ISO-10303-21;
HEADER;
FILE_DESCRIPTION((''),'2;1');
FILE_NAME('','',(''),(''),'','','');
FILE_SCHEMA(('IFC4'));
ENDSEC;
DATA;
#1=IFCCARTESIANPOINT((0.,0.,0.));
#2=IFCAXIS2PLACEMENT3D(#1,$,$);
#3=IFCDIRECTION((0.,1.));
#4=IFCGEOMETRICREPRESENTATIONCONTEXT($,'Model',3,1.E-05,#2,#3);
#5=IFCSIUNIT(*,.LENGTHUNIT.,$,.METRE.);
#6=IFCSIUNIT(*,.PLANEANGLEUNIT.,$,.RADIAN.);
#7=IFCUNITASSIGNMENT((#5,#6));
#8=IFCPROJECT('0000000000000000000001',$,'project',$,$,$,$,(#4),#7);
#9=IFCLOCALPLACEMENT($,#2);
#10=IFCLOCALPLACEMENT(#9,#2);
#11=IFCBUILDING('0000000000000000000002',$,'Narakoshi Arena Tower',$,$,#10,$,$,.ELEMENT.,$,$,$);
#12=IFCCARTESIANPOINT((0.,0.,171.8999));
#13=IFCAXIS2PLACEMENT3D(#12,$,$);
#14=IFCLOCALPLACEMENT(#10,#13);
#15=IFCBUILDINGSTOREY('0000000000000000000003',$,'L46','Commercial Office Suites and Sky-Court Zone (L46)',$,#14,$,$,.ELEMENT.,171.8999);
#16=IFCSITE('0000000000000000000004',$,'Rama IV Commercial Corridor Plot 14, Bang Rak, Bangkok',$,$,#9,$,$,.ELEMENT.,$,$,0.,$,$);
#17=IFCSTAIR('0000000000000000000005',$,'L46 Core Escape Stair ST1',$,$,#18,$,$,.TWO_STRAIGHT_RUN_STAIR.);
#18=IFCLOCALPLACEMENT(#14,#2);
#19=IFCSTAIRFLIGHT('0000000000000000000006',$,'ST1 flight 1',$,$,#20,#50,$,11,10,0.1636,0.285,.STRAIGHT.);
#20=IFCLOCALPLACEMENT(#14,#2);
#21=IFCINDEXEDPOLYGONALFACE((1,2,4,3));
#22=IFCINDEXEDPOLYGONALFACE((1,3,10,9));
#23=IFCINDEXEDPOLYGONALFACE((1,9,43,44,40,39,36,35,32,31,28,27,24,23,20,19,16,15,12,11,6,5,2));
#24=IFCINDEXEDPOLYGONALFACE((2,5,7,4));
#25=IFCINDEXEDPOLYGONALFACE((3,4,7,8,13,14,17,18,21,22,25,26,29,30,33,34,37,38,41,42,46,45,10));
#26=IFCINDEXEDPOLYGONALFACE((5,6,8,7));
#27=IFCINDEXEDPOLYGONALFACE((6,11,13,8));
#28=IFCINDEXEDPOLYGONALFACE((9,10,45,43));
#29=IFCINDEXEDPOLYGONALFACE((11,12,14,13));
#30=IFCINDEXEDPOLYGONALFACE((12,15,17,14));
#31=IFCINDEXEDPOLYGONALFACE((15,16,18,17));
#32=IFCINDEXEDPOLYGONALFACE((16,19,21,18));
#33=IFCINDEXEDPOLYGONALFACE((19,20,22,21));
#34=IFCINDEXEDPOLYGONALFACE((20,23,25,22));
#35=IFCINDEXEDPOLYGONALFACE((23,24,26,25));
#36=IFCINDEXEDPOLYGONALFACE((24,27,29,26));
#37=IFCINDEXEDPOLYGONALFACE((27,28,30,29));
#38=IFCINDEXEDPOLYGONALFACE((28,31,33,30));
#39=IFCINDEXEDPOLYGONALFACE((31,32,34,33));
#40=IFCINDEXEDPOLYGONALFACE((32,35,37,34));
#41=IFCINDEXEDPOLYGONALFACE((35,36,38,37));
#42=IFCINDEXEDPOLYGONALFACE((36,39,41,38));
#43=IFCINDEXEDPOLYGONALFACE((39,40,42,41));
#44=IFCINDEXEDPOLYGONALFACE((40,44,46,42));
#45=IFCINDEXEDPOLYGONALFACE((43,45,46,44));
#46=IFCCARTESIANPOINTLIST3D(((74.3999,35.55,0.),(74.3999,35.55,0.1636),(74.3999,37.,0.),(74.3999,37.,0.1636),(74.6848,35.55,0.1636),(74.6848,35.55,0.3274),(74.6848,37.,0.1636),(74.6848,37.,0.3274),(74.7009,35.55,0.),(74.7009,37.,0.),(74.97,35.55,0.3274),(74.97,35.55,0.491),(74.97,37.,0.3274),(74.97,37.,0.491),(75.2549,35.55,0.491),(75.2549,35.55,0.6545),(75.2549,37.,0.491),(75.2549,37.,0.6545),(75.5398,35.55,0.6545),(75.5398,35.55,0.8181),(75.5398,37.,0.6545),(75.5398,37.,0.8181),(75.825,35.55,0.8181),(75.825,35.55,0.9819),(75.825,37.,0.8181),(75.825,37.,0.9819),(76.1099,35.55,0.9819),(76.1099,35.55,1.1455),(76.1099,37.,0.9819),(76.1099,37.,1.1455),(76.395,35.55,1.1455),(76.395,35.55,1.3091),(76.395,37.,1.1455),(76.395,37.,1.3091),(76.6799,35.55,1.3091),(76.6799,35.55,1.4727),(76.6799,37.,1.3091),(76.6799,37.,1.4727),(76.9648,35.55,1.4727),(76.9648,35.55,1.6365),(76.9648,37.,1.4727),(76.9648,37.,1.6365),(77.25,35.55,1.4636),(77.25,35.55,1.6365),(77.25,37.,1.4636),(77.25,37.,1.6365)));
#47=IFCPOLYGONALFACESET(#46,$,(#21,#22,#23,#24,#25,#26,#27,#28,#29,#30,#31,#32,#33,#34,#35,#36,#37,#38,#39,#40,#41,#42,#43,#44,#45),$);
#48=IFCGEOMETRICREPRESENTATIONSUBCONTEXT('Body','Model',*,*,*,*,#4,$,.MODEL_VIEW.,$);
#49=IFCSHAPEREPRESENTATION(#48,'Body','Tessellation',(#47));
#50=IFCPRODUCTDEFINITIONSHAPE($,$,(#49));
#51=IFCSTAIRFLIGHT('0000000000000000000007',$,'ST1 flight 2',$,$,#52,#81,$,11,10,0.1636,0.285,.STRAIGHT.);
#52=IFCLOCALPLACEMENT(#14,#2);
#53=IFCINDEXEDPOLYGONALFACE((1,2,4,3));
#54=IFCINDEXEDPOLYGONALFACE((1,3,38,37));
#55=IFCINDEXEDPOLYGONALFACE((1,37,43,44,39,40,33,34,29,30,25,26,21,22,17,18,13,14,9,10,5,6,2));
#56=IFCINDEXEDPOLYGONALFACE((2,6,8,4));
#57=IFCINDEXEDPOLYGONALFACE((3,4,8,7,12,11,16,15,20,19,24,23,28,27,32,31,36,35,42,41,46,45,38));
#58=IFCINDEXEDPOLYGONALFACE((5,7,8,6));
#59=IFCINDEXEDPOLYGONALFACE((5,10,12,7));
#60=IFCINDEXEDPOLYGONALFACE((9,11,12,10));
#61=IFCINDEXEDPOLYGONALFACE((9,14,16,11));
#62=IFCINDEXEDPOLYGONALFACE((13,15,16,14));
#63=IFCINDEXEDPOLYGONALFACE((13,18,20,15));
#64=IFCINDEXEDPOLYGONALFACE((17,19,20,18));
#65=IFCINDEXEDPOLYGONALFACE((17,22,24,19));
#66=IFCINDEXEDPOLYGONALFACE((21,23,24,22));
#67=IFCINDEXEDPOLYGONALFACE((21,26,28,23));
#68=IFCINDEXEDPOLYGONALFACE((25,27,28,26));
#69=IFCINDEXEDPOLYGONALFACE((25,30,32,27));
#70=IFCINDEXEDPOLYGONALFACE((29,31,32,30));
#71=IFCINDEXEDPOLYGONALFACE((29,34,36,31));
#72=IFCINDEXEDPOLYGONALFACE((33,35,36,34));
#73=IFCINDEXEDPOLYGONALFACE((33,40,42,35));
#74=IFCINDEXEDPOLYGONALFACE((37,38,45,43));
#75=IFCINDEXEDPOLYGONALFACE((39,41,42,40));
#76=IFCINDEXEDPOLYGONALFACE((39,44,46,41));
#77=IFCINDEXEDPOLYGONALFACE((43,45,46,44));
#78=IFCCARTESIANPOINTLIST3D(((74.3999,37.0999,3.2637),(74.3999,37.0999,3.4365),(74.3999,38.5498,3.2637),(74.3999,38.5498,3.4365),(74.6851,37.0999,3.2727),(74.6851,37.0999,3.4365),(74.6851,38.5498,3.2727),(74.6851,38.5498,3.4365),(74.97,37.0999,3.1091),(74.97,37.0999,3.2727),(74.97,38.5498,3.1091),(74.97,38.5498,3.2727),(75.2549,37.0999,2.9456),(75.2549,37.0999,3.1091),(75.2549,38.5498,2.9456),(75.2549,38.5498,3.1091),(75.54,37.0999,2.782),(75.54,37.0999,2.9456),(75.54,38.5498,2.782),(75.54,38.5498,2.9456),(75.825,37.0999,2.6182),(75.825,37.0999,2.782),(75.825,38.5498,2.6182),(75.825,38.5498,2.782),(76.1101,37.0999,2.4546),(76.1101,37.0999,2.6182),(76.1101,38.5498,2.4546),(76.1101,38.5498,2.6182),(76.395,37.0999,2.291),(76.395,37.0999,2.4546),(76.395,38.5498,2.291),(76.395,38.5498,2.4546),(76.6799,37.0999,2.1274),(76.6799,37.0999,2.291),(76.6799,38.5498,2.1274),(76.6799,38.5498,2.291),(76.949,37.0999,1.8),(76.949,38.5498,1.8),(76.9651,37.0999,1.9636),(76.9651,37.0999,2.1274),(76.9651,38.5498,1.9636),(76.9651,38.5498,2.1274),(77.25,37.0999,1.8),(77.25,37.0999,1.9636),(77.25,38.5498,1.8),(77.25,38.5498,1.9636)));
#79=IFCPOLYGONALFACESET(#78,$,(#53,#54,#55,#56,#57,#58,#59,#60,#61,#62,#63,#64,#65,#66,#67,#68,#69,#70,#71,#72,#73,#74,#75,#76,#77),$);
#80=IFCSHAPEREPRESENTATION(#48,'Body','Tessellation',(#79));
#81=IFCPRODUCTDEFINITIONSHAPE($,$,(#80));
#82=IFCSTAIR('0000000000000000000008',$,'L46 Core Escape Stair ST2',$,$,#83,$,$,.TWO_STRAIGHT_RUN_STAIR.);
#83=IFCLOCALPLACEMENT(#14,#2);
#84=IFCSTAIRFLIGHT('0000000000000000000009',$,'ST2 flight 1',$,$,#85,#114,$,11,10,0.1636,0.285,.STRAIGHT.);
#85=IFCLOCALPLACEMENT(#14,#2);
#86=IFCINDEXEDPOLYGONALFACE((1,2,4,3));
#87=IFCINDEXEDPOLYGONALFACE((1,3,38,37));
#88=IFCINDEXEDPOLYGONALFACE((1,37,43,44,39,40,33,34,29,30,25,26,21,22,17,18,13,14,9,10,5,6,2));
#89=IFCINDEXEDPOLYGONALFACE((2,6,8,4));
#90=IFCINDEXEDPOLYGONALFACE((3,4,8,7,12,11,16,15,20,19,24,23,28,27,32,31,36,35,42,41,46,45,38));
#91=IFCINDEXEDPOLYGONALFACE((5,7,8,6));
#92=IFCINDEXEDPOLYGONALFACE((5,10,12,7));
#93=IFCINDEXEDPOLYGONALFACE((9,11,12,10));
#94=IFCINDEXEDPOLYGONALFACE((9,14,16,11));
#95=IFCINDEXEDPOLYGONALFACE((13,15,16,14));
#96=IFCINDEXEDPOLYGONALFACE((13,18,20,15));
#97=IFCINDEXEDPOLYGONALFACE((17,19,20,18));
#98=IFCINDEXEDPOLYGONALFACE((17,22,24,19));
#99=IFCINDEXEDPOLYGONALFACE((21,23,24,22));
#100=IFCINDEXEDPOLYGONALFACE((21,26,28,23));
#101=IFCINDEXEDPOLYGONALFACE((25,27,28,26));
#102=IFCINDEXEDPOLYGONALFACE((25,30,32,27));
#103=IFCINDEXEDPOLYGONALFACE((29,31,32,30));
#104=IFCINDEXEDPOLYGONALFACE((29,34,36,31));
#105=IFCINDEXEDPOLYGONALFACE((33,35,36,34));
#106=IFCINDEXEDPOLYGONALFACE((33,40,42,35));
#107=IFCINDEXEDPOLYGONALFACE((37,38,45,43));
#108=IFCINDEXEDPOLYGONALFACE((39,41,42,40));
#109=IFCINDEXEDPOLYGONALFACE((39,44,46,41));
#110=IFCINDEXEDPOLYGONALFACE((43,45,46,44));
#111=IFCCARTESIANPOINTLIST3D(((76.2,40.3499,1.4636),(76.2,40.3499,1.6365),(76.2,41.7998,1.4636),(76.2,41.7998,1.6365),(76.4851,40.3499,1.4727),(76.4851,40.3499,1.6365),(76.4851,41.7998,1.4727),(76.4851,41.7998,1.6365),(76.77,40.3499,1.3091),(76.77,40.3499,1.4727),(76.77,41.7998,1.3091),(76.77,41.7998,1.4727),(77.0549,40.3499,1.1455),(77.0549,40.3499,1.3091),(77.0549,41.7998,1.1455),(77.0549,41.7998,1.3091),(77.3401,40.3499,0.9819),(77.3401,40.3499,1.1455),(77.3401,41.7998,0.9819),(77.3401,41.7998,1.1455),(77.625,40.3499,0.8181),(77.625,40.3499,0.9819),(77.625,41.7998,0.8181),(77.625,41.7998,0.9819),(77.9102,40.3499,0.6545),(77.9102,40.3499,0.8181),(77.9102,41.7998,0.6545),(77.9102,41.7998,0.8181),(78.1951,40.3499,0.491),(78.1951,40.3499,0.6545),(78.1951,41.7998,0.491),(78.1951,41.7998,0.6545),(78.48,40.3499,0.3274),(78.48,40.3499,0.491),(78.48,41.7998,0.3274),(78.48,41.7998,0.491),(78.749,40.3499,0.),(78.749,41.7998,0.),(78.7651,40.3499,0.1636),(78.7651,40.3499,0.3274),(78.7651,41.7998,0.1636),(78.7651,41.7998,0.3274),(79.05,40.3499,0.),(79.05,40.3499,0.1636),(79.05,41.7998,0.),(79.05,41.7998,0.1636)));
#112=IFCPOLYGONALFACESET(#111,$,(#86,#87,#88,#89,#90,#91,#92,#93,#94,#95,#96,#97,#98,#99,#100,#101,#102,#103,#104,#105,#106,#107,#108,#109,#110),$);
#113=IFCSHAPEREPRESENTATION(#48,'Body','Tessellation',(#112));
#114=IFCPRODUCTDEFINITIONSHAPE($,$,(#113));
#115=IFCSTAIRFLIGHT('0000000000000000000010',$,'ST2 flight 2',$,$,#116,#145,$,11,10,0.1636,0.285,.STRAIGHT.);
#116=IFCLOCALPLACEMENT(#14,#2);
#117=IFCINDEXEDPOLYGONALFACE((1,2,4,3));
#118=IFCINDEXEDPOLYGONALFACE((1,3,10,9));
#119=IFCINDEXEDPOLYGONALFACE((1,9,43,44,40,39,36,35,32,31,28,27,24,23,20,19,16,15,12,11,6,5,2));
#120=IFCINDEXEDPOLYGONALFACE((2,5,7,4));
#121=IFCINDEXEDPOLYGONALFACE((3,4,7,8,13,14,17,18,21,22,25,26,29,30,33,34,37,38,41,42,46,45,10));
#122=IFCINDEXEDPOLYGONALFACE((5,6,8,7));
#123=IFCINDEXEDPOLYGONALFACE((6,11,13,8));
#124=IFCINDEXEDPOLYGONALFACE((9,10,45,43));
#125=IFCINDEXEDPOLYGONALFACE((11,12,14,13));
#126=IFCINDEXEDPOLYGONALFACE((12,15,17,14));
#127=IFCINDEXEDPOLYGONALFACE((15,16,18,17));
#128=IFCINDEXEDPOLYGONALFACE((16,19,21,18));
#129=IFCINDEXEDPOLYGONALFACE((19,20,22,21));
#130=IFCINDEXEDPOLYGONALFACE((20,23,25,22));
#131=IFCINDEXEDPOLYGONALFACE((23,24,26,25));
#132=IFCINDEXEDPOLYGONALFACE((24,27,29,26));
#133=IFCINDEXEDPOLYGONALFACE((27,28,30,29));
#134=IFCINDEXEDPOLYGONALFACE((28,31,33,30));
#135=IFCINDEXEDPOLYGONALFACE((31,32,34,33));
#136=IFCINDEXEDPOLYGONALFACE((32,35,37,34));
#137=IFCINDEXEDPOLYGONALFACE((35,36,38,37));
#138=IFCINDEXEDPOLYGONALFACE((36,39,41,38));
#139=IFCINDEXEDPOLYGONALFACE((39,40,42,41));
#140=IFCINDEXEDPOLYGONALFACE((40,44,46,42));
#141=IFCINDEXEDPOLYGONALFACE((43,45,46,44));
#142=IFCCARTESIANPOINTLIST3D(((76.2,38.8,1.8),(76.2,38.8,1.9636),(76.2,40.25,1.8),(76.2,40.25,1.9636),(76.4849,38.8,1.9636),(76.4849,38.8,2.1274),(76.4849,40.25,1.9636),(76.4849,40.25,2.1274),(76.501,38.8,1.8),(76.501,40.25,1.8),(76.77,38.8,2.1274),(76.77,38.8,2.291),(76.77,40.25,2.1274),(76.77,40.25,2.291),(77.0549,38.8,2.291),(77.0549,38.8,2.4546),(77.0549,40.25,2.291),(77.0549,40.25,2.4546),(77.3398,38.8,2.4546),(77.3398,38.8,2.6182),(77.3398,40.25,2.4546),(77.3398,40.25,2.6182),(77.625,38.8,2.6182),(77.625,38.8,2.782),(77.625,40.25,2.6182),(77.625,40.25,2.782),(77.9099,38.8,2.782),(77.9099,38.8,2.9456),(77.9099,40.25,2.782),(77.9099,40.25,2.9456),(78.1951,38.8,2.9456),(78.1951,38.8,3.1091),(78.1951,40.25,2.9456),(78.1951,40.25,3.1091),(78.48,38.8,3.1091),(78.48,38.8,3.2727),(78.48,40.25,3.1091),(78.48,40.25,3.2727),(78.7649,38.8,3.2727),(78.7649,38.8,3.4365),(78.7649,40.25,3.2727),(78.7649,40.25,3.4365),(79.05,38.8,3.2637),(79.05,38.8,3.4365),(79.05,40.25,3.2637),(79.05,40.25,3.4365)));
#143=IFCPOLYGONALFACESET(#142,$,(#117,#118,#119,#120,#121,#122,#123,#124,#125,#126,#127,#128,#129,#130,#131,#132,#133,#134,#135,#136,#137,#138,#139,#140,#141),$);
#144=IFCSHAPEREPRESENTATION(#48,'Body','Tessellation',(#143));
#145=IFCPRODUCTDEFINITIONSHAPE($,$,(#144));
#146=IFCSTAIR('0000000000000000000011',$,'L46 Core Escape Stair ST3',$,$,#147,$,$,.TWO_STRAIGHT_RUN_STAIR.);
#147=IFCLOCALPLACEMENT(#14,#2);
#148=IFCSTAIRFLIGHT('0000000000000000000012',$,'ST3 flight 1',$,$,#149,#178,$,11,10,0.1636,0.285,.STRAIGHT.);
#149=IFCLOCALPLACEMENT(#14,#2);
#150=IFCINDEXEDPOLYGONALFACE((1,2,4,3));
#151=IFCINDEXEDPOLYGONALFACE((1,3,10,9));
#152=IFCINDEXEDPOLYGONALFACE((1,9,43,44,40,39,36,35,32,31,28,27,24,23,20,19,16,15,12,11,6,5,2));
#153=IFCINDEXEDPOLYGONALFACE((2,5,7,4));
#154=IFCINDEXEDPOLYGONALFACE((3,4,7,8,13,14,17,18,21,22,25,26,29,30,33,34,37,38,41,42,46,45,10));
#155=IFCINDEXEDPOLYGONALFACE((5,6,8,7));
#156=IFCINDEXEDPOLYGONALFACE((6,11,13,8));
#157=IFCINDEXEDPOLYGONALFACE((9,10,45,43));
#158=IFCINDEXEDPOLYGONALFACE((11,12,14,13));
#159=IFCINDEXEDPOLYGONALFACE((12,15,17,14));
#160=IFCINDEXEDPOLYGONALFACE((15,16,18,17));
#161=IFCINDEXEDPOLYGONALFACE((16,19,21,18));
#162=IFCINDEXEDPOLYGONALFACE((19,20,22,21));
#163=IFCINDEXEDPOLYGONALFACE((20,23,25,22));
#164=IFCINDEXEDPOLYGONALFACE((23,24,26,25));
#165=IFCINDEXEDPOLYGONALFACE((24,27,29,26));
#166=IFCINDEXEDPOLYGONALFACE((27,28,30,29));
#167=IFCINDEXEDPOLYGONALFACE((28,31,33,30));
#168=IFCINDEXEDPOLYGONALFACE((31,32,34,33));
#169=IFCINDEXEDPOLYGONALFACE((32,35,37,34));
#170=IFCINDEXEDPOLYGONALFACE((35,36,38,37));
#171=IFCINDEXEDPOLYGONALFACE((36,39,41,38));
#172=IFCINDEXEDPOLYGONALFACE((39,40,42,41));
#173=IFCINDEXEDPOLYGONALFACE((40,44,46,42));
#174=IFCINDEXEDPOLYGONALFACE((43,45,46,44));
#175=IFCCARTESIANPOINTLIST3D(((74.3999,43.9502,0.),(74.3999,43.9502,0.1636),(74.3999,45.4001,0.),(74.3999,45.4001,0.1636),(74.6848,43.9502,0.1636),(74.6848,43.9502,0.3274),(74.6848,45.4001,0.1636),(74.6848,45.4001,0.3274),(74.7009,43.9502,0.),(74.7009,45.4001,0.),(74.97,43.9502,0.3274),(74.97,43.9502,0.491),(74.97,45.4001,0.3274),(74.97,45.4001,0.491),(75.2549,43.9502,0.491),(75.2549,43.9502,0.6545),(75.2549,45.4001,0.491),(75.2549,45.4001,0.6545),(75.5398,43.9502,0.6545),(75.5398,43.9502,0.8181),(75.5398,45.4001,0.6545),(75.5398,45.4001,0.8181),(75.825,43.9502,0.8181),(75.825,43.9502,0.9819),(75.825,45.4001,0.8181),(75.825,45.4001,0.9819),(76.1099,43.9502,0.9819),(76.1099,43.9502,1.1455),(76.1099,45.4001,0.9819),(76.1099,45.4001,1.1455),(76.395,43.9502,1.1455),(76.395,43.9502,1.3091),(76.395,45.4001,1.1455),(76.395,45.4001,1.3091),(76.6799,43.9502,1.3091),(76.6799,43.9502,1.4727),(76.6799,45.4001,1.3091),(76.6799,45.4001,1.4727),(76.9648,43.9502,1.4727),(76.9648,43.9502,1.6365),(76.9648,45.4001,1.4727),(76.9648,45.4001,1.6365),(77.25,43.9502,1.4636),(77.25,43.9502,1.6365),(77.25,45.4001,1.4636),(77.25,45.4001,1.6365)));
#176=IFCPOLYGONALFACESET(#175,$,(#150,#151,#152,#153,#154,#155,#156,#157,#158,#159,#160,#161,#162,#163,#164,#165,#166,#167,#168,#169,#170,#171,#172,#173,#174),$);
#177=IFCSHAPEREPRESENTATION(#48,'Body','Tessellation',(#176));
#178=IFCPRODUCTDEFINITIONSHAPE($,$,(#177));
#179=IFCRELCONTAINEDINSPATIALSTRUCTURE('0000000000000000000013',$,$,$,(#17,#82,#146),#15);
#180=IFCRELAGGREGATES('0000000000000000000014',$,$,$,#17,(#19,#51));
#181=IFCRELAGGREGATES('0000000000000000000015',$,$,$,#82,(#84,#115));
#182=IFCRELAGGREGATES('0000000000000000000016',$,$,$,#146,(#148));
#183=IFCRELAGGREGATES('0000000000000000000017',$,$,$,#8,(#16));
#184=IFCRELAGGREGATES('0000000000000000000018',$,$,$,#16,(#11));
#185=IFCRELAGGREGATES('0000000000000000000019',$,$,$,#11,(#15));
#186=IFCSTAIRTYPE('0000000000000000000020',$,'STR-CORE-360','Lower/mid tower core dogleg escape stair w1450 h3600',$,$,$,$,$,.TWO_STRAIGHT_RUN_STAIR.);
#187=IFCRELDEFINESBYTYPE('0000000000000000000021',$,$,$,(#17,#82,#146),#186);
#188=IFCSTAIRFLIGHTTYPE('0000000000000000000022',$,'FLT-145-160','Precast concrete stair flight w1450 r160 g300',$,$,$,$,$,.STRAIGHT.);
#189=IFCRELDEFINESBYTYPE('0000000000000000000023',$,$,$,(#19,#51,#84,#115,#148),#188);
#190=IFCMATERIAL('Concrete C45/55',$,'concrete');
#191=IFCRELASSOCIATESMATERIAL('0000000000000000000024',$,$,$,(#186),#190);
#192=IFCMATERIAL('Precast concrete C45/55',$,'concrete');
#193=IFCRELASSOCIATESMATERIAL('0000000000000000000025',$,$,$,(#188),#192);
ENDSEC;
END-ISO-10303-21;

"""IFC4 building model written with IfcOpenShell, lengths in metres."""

from ifc_helpers import new_model, si_unit, direction, frame, origin, place, context, subcontext, project, spatial, polyline, outline, extrude, material, type_object, element, aggregate, save


model = new_model("IFC4")

# Units and contexts
model_context = context("Model", 3, precision=1e-05, world=origin(), true_north=direction((0.0, 1.0)))
body_context = subcontext(model_context, "Body", "Model", "MODEL_VIEW")
ifc_project = project(units=[si_unit("LENGTHUNIT", "METRE"), si_unit("PLANEANGLEUNIT", "RADIAN")], contexts=[model_context])

# Site, building, storey
site_placement = place(None, origin())
site = spatial("IfcSite", under=ifc_project, at=site_placement, Name="Rama IV Commercial Corridor Plot 14, Bang Rak, Bangkok", CompositionType="ELEMENT", RefElevation=0.0)
building_placement = place(site_placement, origin())
building = spatial("IfcBuilding", under=site, at=building_placement, Name="Narakoshi Arena Tower", CompositionType="ELEMENT")
storey_placement = place(building_placement, frame((0.0, 0.0, 171.8999)))
storey = spatial("IfcBuildingStorey", under=building, at=storey_placement, Name="L46", Description="Commercial Office Suites and Sky-Court Zone (L46)", CompositionType="ELEMENT", Elevation=171.8999)

# Shared definitions
ifc_material_1 = material(Name="Precast concrete C45/55", Category="concrete")

# Stairs, stair flights
ifc_material_2 = material(Name="Concrete C45/55", Category="concrete")
stair_type = type_object("IfcStairType", Name="STR-CORE-360", Description="Lower/mid tower core dogleg escape stair w1450 h3600", PredefinedType="TWO_STRAIGHT_RUN_STAIR", material=ifc_material_2)
stair_1_placement = place(storey_placement, origin())
stair_1 = element("IfcStair", 1, at=stair_1_placement, inside=storey, type_object=stair_type, Name="L46 Core Escape Stair ST1", PredefinedType="TWO_STRAIGHT_RUN_STAIR")
stair_flight_type = type_object("IfcStairFlightType", Name="FLT-145-160", Description="Precast concrete stair flight w1450 r160 g300", PredefinedType="STRAIGHT", material=ifc_material_1)
stair_flight_1_placement = place(storey_placement, frame((74.3999, 36.2749, 0.0), z_axis=(0.0, 0.0, 1.0), x_axis=(1.0, 0.0, 0.0)))
stair_flight_1 = element("IfcStairFlight", 2, at=stair_flight_1_placement, type_object=stair_flight_type, Name="ST1 flight 1", NumberOfRisers=11, NumberOfTreads=10, PredefinedType="STRAIGHT", RiserHeight=0.1636, TreadLength=0.285, context=body_context, shape_type="SweptSolid", body=[
    extrude(outline(polyline([(0.0, 0.0), (0.0, 0.1636), (0.2849, 0.1636), (0.2849, 0.3274), (0.5701, 0.3274), (0.5701, 0.491), (0.855, 0.491), (0.855, 0.6545), (1.1399, 0.6545), (1.1399, 0.8181), (1.425, 0.8181), (1.425, 0.9819), (1.71, 0.9819), (1.71, 1.1455), (1.9951, 1.1455), (1.9951, 1.3091), (2.28, 1.3091), (2.28, 1.4727), (2.5649, 1.4727), (2.5649, 1.6365), (2.8501, 1.6365), (2.8501, 1.8), (2.8501, 1.4636), (0.301, 0.0), (0.0, 0.0)])), frame((0.0, 0.7251, 0.0), z_axis=(0.0, -1.0, 0.0), x_axis=(1.0, 0.0, 0.0)), (0.0, 0.0, 1.0), 1.45),
])
stair_flight_2_placement = place(storey_placement, frame((77.25, 37.825, 1.8), z_axis=(0.0, 0.0, 1.0), x_axis=(-1.0, 0.0, 0.0)))
stair_flight_2 = element("IfcStairFlight", 3, at=stair_flight_2_placement, type_object=stair_flight_type, Name="ST1 flight 2", NumberOfRisers=11, NumberOfTreads=10, PredefinedType="STRAIGHT", RiserHeight=0.1636, TreadLength=0.285, context=body_context, shape_type="SweptSolid", body=[
    extrude(outline(polyline([(0.0, 0.0), (0.0, 0.1636), (0.2849, 0.1636), (0.2849, 0.3274), (0.5701, 0.3274), (0.5701, 0.491), (0.855, 0.491), (0.855, 0.6545), (1.1399, 0.6545), (1.1399, 0.8181), (1.425, 0.8181), (1.425, 0.9819), (1.71, 0.9819), (1.71, 1.1455), (1.9951, 1.1455), (1.9951, 1.3091), (2.28, 1.3091), (2.28, 1.4727), (2.5649, 1.4727), (2.5649, 1.6365), (2.8501, 1.6365), (2.8501, 1.8), (2.8501, 1.4636), (0.301, 0.0), (0.0, 0.0)])), frame((0.0, 0.7251, 0.0), z_axis=(0.0, -1.0, 0.0), x_axis=(1.0, 0.0, 0.0)), (0.0, 0.0, 1.0), 1.45),
])
aggregate(stair_1, [stair_flight_1, stair_flight_2])
stair_2_placement = place(storey_placement, origin())
stair_2 = element("IfcStair", 4, at=stair_2_placement, inside=storey, type_object=stair_type, Name="L46 Core Escape Stair ST2", PredefinedType="TWO_STRAIGHT_RUN_STAIR")
stair_flight_3_placement = place(storey_placement, frame((79.05, 41.075, 0.0), z_axis=(0.0, 0.0, 1.0), x_axis=(-1.0, 0.0, 0.0)))
stair_flight_3 = element("IfcStairFlight", 5, at=stair_flight_3_placement, type_object=stair_flight_type, Name="ST2 flight 1", NumberOfRisers=11, NumberOfTreads=10, PredefinedType="STRAIGHT", RiserHeight=0.1636, TreadLength=0.285, context=body_context, shape_type="SweptSolid", body=[
    extrude(outline(polyline([(0.0, 0.0), (0.0, 0.1636), (0.2849, 0.1636), (0.2849, 0.3274), (0.5701, 0.3274), (0.5701, 0.491), (0.855, 0.491), (0.855, 0.6545), (1.1399, 0.6545), (1.1399, 0.8181), (1.425, 0.8181), (1.425, 0.9819), (1.71, 0.9819), (1.71, 1.1455), (1.9951, 1.1455), (1.9951, 1.3091), (2.28, 1.3091), (2.28, 1.4727), (2.5649, 1.4727), (2.5649, 1.6365), (2.8501, 1.6365), (2.8501, 1.8), (2.8501, 1.4636), (0.301, 0.0), (0.0, 0.0)])), frame((0.0, 0.7251, 0.0), z_axis=(0.0, -1.0, 0.0), x_axis=(1.0, 0.0, 0.0)), (0.0, 0.0, 1.0), 1.45),
])
stair_flight_4_placement = place(storey_placement, frame((76.2, 39.5249, 1.8), z_axis=(0.0, 0.0, 1.0), x_axis=(1.0, 0.0, 0.0)))
stair_flight_4 = element("IfcStairFlight", 6, at=stair_flight_4_placement, type_object=stair_flight_type, Name="ST2 flight 2", NumberOfRisers=11, NumberOfTreads=10, PredefinedType="STRAIGHT", RiserHeight=0.1636, TreadLength=0.285, context=body_context, shape_type="SweptSolid", body=[
    extrude(outline(polyline([(0.0, 0.0), (0.0, 0.1636), (0.2849, 0.1636), (0.2849, 0.3274), (0.5701, 0.3274), (0.5701, 0.491), (0.855, 0.491), (0.855, 0.6545), (1.1399, 0.6545), (1.1399, 0.8181), (1.425, 0.8181), (1.425, 0.9819), (1.71, 0.9819), (1.71, 1.1455), (1.9951, 1.1455), (1.9951, 1.3091), (2.28, 1.3091), (2.28, 1.4727), (2.5649, 1.4727), (2.5649, 1.6365), (2.8501, 1.6365), (2.8501, 1.8), (2.8501, 1.4636), (0.301, 0.0), (0.0, 0.0)])), frame((0.0, 0.7251, 0.0), z_axis=(0.0, -1.0, 0.0), x_axis=(1.0, 0.0, 0.0)), (0.0, 0.0, 1.0), 1.45),
])
aggregate(stair_2, [stair_flight_3, stair_flight_4])

# Stair, stair flight
stair_3_placement = place(storey_placement, origin())
stair_3 = element("IfcStair", 7, at=stair_3_placement, inside=storey, type_object=stair_type, Name="L46 Core Escape Stair ST3", PredefinedType="TWO_STRAIGHT_RUN_STAIR")
stair_flight_5_placement = place(storey_placement, frame((74.3999, 44.675, 0.0), z_axis=(0.0, 0.0, 1.0), x_axis=(1.0, 0.0, 0.0)))
stair_flight_5 = element("IfcStairFlight", 8, at=stair_flight_5_placement, type_object=stair_flight_type, Name="ST3 flight 1", NumberOfRisers=11, NumberOfTreads=10, PredefinedType="STRAIGHT", RiserHeight=0.1636, TreadLength=0.285, context=body_context, shape_type="SweptSolid", body=[
    extrude(outline(polyline([(0.0, 0.0), (0.0, 0.1636), (0.2849, 0.1636), (0.2849, 0.3274), (0.5701, 0.3274), (0.5701, 0.491), (0.855, 0.491), (0.855, 0.6545), (1.1399, 0.6545), (1.1399, 0.8181), (1.425, 0.8181), (1.425, 0.9819), (1.71, 0.9819), (1.71, 1.1455), (1.9951, 1.1455), (1.9951, 1.3091), (2.28, 1.3091), (2.28, 1.4727), (2.5649, 1.4727), (2.5649, 1.6365), (2.8501, 1.6365), (2.8501, 1.8), (2.8501, 1.4636), (0.301, 0.0), (0.0, 0.0)])), frame((0.0, 0.7251, 0.0), z_axis=(0.0, -1.0, 0.0), x_axis=(1.0, 0.0, 0.0)), (0.0, 0.0, 1.0), 1.45),
])
aggregate(stair_3, [stair_flight_5])

save(model, "model.ifc")
